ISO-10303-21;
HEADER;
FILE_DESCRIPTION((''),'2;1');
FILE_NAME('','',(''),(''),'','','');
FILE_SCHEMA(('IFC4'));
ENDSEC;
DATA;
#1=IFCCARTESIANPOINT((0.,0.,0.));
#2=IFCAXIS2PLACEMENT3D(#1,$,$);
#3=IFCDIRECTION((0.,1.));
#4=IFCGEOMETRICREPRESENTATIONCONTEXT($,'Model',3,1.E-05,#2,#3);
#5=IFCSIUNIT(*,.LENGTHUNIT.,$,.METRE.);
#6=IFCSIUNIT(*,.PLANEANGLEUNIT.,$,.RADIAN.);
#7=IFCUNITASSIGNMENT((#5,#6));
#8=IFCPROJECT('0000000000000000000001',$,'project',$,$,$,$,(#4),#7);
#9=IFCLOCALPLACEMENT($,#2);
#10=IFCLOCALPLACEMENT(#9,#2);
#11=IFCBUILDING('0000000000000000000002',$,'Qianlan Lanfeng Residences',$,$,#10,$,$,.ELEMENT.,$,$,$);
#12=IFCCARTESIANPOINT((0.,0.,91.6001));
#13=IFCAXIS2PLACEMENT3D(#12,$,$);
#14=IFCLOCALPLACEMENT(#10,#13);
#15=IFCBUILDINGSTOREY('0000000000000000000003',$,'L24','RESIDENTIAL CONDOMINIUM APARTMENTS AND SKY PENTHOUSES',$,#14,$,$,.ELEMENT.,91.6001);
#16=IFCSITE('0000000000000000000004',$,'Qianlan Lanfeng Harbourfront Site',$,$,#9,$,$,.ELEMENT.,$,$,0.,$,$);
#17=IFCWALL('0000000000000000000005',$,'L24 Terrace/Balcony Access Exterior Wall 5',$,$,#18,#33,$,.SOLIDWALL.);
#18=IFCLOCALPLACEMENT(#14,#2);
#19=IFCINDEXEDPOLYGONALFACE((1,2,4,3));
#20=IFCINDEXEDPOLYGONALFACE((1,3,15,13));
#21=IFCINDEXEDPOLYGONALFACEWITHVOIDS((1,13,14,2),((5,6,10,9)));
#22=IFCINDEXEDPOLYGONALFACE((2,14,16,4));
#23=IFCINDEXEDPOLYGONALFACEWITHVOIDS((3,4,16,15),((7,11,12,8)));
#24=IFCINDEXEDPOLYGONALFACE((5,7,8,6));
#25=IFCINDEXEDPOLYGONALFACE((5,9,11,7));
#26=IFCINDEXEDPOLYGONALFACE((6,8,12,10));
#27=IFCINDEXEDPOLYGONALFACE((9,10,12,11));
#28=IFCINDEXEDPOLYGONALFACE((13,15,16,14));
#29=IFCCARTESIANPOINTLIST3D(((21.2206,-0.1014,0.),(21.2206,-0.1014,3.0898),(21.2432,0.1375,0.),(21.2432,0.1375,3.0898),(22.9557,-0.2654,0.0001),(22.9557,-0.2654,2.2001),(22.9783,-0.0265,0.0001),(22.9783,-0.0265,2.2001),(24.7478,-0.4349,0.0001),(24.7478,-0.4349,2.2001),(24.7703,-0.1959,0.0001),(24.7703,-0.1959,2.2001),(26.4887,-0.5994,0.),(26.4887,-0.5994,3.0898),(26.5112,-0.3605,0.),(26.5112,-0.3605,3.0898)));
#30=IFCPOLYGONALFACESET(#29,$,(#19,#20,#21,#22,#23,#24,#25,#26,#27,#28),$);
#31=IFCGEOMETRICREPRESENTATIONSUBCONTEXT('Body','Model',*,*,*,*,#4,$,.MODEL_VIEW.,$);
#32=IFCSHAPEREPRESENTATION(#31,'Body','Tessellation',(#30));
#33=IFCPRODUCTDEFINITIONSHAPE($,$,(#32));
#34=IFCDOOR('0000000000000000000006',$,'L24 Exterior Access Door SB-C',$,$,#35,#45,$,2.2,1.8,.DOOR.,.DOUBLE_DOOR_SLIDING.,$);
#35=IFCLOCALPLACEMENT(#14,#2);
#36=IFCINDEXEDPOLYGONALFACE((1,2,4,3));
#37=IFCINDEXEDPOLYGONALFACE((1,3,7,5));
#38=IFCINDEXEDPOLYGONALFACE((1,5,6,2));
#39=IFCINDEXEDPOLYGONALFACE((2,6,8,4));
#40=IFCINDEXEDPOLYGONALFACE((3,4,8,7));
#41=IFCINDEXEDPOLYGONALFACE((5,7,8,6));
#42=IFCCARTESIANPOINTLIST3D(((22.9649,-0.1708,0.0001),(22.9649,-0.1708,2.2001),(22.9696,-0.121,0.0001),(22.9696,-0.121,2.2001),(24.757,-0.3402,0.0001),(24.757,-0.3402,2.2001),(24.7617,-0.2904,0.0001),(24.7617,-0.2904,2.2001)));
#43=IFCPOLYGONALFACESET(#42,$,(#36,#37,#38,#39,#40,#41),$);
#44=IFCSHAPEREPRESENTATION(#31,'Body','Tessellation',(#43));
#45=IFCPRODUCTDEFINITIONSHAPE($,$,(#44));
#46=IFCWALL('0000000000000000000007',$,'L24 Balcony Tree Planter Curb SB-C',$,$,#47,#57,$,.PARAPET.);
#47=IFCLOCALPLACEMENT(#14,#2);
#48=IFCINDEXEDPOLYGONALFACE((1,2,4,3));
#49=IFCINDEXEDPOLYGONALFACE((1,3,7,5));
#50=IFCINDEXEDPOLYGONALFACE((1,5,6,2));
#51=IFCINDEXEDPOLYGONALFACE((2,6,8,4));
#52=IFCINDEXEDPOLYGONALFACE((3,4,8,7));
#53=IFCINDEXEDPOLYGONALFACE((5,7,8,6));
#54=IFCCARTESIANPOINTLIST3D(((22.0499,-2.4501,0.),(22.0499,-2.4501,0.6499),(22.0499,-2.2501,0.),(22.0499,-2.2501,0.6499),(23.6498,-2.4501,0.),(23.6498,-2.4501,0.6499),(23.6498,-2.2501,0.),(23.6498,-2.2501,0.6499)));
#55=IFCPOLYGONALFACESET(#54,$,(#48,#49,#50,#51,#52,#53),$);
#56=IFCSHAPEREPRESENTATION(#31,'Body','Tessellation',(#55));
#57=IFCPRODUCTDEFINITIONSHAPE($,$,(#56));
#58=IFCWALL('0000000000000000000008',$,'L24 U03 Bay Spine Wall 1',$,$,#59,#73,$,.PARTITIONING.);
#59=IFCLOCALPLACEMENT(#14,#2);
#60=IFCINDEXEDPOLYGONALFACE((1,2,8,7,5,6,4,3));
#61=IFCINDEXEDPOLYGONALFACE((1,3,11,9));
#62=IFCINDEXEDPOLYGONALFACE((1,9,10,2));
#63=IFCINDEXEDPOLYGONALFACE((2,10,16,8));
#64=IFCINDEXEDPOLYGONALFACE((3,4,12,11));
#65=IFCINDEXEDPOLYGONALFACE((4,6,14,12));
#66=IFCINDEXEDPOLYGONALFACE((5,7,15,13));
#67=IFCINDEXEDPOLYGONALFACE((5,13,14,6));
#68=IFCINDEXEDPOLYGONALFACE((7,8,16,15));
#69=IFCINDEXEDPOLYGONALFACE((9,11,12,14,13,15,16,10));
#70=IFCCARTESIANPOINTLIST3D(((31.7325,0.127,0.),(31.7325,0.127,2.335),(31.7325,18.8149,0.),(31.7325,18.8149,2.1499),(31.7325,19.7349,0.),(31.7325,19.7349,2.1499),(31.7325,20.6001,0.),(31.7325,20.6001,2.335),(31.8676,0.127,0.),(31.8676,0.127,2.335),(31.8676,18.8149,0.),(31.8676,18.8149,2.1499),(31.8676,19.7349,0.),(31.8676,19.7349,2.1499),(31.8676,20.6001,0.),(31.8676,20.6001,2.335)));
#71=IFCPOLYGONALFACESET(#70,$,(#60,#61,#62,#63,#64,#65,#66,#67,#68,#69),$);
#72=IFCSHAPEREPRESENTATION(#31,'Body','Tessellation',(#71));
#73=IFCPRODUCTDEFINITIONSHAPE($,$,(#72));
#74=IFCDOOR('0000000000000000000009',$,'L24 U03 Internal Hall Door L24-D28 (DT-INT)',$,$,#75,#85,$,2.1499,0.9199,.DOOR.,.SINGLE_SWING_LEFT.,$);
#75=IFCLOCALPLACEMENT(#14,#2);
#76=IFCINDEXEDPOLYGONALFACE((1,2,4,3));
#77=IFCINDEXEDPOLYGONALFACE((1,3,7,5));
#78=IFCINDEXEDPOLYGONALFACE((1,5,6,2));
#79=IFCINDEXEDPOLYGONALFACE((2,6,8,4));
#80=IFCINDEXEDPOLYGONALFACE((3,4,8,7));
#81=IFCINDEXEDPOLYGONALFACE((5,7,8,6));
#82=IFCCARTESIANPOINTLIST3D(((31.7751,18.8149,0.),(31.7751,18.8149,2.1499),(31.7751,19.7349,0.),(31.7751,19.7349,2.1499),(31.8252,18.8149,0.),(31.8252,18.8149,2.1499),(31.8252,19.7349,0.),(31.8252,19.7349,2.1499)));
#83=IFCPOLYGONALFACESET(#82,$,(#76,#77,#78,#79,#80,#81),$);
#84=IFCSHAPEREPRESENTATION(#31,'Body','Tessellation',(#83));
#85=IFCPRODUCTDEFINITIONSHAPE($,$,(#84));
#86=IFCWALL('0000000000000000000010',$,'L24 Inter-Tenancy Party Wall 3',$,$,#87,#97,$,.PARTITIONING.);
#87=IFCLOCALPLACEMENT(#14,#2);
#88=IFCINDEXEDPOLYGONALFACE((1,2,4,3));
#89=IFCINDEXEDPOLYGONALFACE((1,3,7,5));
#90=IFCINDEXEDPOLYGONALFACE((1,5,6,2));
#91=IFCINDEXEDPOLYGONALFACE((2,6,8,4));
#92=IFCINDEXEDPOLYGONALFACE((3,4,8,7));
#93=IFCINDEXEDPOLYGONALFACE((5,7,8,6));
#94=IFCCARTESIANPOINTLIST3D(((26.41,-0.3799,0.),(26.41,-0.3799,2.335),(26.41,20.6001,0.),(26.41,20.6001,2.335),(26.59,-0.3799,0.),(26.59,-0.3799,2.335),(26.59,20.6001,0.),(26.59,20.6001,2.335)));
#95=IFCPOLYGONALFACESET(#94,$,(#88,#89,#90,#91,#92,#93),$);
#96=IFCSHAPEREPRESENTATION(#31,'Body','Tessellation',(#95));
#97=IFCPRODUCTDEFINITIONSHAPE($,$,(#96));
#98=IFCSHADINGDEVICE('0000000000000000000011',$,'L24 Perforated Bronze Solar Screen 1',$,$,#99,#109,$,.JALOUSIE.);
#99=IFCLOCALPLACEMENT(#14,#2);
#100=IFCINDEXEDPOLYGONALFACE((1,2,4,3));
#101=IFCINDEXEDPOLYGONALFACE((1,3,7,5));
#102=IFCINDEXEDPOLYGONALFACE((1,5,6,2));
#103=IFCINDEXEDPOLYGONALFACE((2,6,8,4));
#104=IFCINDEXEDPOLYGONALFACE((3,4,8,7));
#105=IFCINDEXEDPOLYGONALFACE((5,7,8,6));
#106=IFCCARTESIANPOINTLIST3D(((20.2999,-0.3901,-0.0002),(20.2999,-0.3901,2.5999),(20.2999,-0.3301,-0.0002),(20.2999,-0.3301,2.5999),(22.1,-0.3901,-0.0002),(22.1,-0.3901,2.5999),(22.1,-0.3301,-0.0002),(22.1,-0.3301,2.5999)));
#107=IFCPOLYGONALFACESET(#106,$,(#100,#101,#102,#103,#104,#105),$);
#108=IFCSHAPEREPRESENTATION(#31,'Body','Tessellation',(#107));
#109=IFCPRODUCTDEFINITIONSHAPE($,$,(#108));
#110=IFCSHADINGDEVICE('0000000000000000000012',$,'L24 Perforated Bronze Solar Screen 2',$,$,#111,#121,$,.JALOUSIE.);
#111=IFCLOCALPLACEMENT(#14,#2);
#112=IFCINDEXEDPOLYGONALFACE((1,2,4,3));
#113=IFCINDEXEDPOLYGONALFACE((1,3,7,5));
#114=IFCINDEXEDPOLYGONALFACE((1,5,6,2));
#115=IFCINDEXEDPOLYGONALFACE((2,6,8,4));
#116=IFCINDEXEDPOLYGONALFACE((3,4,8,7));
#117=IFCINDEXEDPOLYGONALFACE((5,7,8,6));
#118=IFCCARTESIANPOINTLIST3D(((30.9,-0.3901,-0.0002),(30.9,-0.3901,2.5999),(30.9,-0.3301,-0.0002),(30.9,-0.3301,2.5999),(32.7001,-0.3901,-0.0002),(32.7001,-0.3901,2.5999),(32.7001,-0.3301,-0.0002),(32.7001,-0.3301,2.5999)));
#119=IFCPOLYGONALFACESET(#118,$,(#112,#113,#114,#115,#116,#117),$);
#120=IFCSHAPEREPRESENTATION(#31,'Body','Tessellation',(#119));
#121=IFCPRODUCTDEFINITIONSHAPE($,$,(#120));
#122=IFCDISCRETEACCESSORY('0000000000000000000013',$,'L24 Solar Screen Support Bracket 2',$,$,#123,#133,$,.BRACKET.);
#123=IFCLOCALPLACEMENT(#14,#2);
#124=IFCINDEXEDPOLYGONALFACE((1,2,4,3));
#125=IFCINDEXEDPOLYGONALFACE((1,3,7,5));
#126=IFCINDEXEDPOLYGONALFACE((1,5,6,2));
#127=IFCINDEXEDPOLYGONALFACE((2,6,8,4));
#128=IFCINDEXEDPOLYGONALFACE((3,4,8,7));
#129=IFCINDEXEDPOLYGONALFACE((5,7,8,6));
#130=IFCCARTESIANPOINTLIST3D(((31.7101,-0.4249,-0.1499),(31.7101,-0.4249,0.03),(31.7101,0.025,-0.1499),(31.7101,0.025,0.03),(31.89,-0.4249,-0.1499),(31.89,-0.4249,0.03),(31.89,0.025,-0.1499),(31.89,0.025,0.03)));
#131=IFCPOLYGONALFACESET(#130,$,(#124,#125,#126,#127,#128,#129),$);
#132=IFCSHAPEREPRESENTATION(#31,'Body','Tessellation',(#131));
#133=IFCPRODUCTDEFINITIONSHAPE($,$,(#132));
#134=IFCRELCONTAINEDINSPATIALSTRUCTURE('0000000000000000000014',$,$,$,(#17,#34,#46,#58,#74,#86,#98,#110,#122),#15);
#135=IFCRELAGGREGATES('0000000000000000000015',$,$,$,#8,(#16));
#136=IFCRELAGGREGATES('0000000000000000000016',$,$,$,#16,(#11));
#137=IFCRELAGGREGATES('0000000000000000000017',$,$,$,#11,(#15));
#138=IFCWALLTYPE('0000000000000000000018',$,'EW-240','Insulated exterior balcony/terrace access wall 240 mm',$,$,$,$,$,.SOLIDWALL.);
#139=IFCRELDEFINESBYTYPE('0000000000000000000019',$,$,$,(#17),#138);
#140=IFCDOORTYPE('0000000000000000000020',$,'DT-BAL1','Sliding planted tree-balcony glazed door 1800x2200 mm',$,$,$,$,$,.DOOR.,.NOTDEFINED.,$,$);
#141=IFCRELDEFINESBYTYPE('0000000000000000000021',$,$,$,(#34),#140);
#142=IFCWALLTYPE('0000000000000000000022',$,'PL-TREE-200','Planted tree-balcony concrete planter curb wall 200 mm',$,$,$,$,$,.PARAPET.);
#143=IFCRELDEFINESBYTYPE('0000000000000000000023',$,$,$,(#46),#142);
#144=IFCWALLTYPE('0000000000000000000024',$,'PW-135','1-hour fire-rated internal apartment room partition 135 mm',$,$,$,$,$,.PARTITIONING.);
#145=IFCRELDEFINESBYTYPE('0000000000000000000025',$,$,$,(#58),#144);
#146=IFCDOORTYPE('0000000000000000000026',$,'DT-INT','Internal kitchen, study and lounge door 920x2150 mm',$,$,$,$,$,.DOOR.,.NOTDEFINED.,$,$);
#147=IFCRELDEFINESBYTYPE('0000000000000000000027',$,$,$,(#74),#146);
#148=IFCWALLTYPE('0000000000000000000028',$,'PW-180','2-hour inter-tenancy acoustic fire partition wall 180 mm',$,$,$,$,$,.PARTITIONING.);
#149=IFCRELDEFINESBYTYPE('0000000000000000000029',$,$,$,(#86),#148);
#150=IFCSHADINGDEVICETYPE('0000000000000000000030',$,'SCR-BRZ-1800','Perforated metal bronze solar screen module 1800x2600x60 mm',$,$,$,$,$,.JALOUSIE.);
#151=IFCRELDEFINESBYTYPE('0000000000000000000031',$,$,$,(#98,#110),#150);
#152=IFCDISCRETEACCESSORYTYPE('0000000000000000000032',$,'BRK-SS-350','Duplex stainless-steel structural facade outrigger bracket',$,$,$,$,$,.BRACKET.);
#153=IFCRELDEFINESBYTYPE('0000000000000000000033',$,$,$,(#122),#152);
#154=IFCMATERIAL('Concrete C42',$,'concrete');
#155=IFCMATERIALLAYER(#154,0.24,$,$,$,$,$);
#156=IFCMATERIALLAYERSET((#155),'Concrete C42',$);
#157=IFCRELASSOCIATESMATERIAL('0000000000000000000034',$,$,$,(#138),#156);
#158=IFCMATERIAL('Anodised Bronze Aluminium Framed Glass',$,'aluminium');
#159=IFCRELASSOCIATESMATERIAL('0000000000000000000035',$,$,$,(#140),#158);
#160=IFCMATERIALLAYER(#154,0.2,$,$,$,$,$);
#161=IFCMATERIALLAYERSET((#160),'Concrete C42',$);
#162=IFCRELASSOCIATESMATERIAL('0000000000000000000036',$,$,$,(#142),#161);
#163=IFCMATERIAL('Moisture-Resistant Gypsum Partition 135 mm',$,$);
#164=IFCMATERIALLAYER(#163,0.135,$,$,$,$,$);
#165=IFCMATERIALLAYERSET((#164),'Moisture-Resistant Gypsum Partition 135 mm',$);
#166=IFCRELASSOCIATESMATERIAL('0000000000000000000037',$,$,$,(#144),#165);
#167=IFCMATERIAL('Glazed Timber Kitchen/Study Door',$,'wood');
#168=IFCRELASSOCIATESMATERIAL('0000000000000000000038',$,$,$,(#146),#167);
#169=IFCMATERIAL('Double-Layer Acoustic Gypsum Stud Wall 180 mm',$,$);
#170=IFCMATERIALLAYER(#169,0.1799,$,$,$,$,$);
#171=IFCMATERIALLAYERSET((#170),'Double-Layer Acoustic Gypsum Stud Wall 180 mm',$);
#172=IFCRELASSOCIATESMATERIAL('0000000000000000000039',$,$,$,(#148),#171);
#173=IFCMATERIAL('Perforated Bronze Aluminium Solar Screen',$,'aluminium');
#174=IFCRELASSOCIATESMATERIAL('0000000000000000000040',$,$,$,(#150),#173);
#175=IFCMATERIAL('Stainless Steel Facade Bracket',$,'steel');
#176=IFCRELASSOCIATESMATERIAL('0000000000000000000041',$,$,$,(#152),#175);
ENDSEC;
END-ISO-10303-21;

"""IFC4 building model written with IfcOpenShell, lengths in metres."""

from ifc_helpers import new_model, si_unit, direction, frame, frame_2d, origin, origin_2d, place, context, subcontext, project, spatial, rectangle, extrude, source, transform, mapped, material, layer, layer_set, type_object, element, fill, save


model = new_model("IFC4")

# Units and contexts
model_context = context("Model", 3, precision=1e-05, world=origin(), true_north=direction((0.0, 1.0)))
body_context = subcontext(model_context, "Body", "Model", "MODEL_VIEW")
ifc_project = project(units=[si_unit("LENGTHUNIT", "METRE"), si_unit("PLANEANGLEUNIT", "RADIAN")], contexts=[model_context])

# Site, building, storey
site_placement = place(None, origin())
site = spatial("IfcSite", under=ifc_project, at=site_placement, Name="Qianlan Lanfeng Harbourfront Site", CompositionType="ELEMENT", RefElevation=0.0)
building_placement = place(site_placement, origin())
building = spatial("IfcBuilding", under=site, at=building_placement, Name="Qianlan Lanfeng Residences", CompositionType="ELEMENT")
storey_placement = place(building_placement, frame((0.0, 0.0, 91.6001)))
storey = spatial("IfcBuildingStorey", under=building, at=storey_placement, Name="L24", Description="RESIDENTIAL CONDOMINIUM APARTMENTS AND SKY PENTHOUSES", CompositionType="ELEMENT", Elevation=91.6001)

# Wall, opening, door
ifc_material_1 = material(Name="Concrete C42", Category="concrete")
ifc_layer_1 = layer(ifc_material_1, 0.24)
ifc_layer_set_1 = layer_set([ifc_layer_1], Name="Concrete C42")
wall_type_1 = type_object("IfcWallType", Name="EW-240", Description="Insulated exterior balcony/terrace access wall 240 mm", PredefinedType="SOLIDWALL", material=ifc_layer_set_1)
wall_1_placement = place(storey_placement, frame((21.2319, 0.0181, 0.0), z_axis=(0.0, 0.0, 1.0), x_axis=(0.995561, -0.094121, 0.0)))
wall_1 = element("IfcWall", 1, at=wall_1_placement, inside=storey, type_object=wall_type_1, Name="L24 Terrace/Balcony Access Exterior Wall 5", PredefinedType="SOLIDWALL", context=body_context, shape_type="SweptSolid", body=[
    extrude(rectangle(XDim=5.2915, YDim=0.24, at=frame_2d((2.6458, 0.0))), origin(), (0.0, 0.0, 1.0), 3.0898),
])
opening_1_placement = place(wall_1_placement, frame((1.7429, 0.0, 0.0)))
opening_1 = element("IfcOpeningElement", 2, at=opening_1_placement, cuts=wall_1, PredefinedType="OPENING", context=body_context, shape_type="SweptSolid", body=[
    extrude(rectangle(XDim=1.8, YDim=2.2, at=frame_2d((0.8999, 1.1001))), frame((0.0, 0.1299, 0.0), z_axis=(0.0, -1.0, 0.0), x_axis=(1.0, 0.0, 0.0)), (0.0, 0.0, 1.0), 0.26),
])
ifc_material_2 = material(Name="Anodised Bronze Aluminium Framed Glass", Category="aluminium")
door_type_1 = type_object("IfcDoorType", Name="DT-BAL1", Description="Sliding planted tree-balcony glazed door 1800x2200 mm", OperationType="NOTDEFINED", PredefinedType="DOOR", material=ifc_material_2)
door_1_placement = place(opening_1_placement, frame((1.8, 0.0, 0.0), z_axis=(0.0, 0.0, 1.0), x_axis=(-1.0, 0.0, 0.0)))
door_1 = element("IfcDoor", 3, at=door_1_placement, inside=storey, type_object=door_type_1, Name="L24 Exterior Access Door SB-C", OperationType="DOUBLE_DOOR_SLIDING", OverallHeight=2.2, OverallWidth=1.8, PredefinedType="DOOR", context=body_context, shape_type="SweptSolid", body=[
    extrude(rectangle(XDim=1.8, YDim=2.2, at=frame_2d((0.8999, 1.1001))), frame((0.0, 0.0249, 0.0), z_axis=(0.0, -1.0, 0.0), x_axis=(1.0, 0.0, 0.0)), (0.0, 0.0, 1.0), 0.05),
])
fill(opening_1, door_1)

# Wall
ifc_layer_2 = layer(ifc_material_1, 0.2)
ifc_layer_set_2 = layer_set([ifc_layer_2], Name="Concrete C42")
wall_type_2 = type_object("IfcWallType", Name="PL-TREE-200", Description="Planted tree-balcony concrete planter curb wall 200 mm", PredefinedType="PARAPET", material=ifc_layer_set_2)
wall_2_placement = place(storey_placement, frame((22.05, -2.3501, 0.0), z_axis=(0.0, 0.0, 1.0), x_axis=(1.0, 0.0, 0.0)))
element("IfcWall", 4, at=wall_2_placement, inside=storey, type_object=wall_type_2, Name="L24 Balcony Tree Planter Curb SB-C", PredefinedType="PARAPET", context=body_context, shape_type="SweptSolid", body=[
    extrude(rectangle(XDim=1.5999, YDim=0.2, at=frame_2d((0.7998, 0.0))), origin(), (0.0, 0.0, 1.0), 0.6499),
])

# Wall, opening, door
ifc_material_3 = material(Name="Moisture-Resistant Gypsum Partition 135 mm")
ifc_layer_3 = layer(ifc_material_3, 0.135)
ifc_layer_set_3 = layer_set([ifc_layer_3], Name="Moisture-Resistant Gypsum Partition 135 mm")
wall_type_3 = type_object("IfcWallType", Name="PW-135", Description="1-hour fire-rated internal apartment room partition 135 mm", PredefinedType="PARTITIONING", material=ifc_layer_set_3)
wall_3_placement = place(storey_placement, frame((31.8, 0.127, 0.0), z_axis=(0.0, 0.0, 1.0), x_axis=(0.0, 1.0, 0.0)))
wall_3 = element("IfcWall", 5, at=wall_3_placement, inside=storey, type_object=wall_type_3, Name="L24 U03 Bay Spine Wall 1", PredefinedType="PARTITIONING", context=body_context, shape_type="SweptSolid", body=[
    extrude(rectangle(XDim=20.4731, YDim=0.135, at=frame_2d((10.2366, 0.0))), origin(), (0.0, 0.0, 1.0), 2.335),
])
opening_2_placement = place(wall_3_placement, frame((18.688, 0.0, 0.0)))
opening_2 = element("IfcOpeningElement", 6, at=opening_2_placement, cuts=wall_3, PredefinedType="OPENING", context=body_context, shape_type="SweptSolid", body=[
    extrude(rectangle(XDim=0.9199, YDim=2.1499, at=frame_2d((0.46, 1.075))), frame((0.0, 0.0776, 0.0), z_axis=(0.0, -1.0, 0.0), x_axis=(1.0, 0.0, 0.0)), (0.0, 0.0, 1.0), 0.155),
])
ifc_material_4 = material(Name="Glazed Timber Kitchen/Study Door", Category="wood")
door_type_2 = type_object("IfcDoorType", Name="DT-INT", Description="Internal kitchen, study and lounge door 920x2150 mm", OperationType="NOTDEFINED", PredefinedType="DOOR", material=ifc_material_4)
door_2_placement = place(opening_2_placement, origin())
door_2 = element("IfcDoor", 7, at=door_2_placement, inside=storey, type_object=door_type_2, Name="L24 U03 Internal Hall Door L24-D28 (DT-INT)", OperationType="SINGLE_SWING_LEFT", OverallHeight=2.1499, OverallWidth=0.9199, PredefinedType="DOOR", context=body_context, shape_type="SweptSolid", body=[
    extrude(rectangle(XDim=0.9199, YDim=2.1499, at=frame_2d((0.46, 1.075))), frame((0.0, 0.0249, 0.0), z_axis=(0.0, -1.0, 0.0), x_axis=(1.0, 0.0, 0.0)), (0.0, 0.0, 1.0), 0.05),
])
fill(opening_2, door_2)

# Wall
ifc_material_5 = material(Name="Double-Layer Acoustic Gypsum Stud Wall 180 mm")
ifc_layer_4 = layer(ifc_material_5, 0.1799)
ifc_layer_set_4 = layer_set([ifc_layer_4], Name="Double-Layer Acoustic Gypsum Stud Wall 180 mm")
wall_type_4 = type_object("IfcWallType", Name="PW-180", Description="2-hour inter-tenancy acoustic fire partition wall 180 mm", PredefinedType="PARTITIONING", material=ifc_layer_set_4)
wall_4_placement = place(storey_placement, frame((26.5, -0.3799, 0.0), z_axis=(0.0, 0.0, 1.0), x_axis=(0.0, 1.0, 0.0)))
element("IfcWall", 8, at=wall_4_placement, inside=storey, type_object=wall_type_4, Name="L24 Inter-Tenancy Party Wall 3", PredefinedType="PARTITIONING", context=body_context, shape_type="SweptSolid", body=[
    extrude(rectangle(XDim=20.98, YDim=0.1799, at=frame_2d((10.49, 0.0))), origin(), (0.0, 0.0, 1.0), 2.335),
])

# Shading devices
ifc_material_6 = material(Name="Perforated Bronze Aluminium Solar Screen", Category="aluminium")
shading_device_type = type_object("IfcShadingDeviceType", Name="SCR-BRZ-1800", Description="Perforated metal bronze solar screen module 1800x2600x60 mm", PredefinedType="JALOUSIE", material=ifc_material_6)
shared_shape_1 = source(origin(), body_context, "Body", "SweptSolid", [
    extrude(rectangle(XDim=1.8, YDim=0.0601, at=origin_2d()), origin(), (0.0, 0.0, 1.0), 2.6001),
])
for number, where, z_axis, x_axis, name in (
    (9, (21.2, -0.3601, -0.0002), (0.0, 0.0, 1.0), (1.0, 0.0, 0.0), "L24 Perforated Bronze Solar Screen 1"),
    (10, (31.8, -0.3601, -0.0002), (0.0, 0.0, 1.0), (1.0, 0.0, 0.0), "L24 Perforated Bronze Solar Screen 2"),
):
    element("IfcShadingDevice", number, at=place(storey_placement, frame(where, z_axis=z_axis, x_axis=x_axis)), inside=storey, type_object=shading_device_type, Name=name, PredefinedType="JALOUSIE", context=body_context, shape_type="MappedRepresentation", body=[
        mapped(shared_shape_1, transform((0.0, 0.0, 0.0), scale=1.0)),
    ])

# Discrete accessory
ifc_material_7 = material(Name="Stainless Steel Facade Bracket", Category="steel")
discrete_accessory_type = type_object("IfcDiscreteAccessoryType", Name="BRK-SS-350", Description="Duplex stainless-steel structural facade outrigger bracket", PredefinedType="BRACKET", material=ifc_material_7)
shared_shape_2 = source(origin(), body_context, "Body", "SweptSolid", [
    extrude(rectangle(XDim=0.1799, YDim=0.45, at=origin_2d()), origin(), (0.0, 0.0, 1.0), 0.1799),
])
discrete_accessory_placement = place(storey_placement, frame((31.8, -0.2, -0.1499), z_axis=(0.0, 0.0, 1.0), x_axis=(1.0, 0.0, 0.0)))
element("IfcDiscreteAccessory", 11, at=discrete_accessory_placement, inside=storey, type_object=discrete_accessory_type, Name="L24 Solar Screen Support Bracket 2", PredefinedType="BRACKET", context=body_context, shape_type="MappedRepresentation", body=[
    mapped(shared_shape_2, transform((0.0, 0.0, 0.0), scale=1.0)),
])

save(model, "model.ifc")
